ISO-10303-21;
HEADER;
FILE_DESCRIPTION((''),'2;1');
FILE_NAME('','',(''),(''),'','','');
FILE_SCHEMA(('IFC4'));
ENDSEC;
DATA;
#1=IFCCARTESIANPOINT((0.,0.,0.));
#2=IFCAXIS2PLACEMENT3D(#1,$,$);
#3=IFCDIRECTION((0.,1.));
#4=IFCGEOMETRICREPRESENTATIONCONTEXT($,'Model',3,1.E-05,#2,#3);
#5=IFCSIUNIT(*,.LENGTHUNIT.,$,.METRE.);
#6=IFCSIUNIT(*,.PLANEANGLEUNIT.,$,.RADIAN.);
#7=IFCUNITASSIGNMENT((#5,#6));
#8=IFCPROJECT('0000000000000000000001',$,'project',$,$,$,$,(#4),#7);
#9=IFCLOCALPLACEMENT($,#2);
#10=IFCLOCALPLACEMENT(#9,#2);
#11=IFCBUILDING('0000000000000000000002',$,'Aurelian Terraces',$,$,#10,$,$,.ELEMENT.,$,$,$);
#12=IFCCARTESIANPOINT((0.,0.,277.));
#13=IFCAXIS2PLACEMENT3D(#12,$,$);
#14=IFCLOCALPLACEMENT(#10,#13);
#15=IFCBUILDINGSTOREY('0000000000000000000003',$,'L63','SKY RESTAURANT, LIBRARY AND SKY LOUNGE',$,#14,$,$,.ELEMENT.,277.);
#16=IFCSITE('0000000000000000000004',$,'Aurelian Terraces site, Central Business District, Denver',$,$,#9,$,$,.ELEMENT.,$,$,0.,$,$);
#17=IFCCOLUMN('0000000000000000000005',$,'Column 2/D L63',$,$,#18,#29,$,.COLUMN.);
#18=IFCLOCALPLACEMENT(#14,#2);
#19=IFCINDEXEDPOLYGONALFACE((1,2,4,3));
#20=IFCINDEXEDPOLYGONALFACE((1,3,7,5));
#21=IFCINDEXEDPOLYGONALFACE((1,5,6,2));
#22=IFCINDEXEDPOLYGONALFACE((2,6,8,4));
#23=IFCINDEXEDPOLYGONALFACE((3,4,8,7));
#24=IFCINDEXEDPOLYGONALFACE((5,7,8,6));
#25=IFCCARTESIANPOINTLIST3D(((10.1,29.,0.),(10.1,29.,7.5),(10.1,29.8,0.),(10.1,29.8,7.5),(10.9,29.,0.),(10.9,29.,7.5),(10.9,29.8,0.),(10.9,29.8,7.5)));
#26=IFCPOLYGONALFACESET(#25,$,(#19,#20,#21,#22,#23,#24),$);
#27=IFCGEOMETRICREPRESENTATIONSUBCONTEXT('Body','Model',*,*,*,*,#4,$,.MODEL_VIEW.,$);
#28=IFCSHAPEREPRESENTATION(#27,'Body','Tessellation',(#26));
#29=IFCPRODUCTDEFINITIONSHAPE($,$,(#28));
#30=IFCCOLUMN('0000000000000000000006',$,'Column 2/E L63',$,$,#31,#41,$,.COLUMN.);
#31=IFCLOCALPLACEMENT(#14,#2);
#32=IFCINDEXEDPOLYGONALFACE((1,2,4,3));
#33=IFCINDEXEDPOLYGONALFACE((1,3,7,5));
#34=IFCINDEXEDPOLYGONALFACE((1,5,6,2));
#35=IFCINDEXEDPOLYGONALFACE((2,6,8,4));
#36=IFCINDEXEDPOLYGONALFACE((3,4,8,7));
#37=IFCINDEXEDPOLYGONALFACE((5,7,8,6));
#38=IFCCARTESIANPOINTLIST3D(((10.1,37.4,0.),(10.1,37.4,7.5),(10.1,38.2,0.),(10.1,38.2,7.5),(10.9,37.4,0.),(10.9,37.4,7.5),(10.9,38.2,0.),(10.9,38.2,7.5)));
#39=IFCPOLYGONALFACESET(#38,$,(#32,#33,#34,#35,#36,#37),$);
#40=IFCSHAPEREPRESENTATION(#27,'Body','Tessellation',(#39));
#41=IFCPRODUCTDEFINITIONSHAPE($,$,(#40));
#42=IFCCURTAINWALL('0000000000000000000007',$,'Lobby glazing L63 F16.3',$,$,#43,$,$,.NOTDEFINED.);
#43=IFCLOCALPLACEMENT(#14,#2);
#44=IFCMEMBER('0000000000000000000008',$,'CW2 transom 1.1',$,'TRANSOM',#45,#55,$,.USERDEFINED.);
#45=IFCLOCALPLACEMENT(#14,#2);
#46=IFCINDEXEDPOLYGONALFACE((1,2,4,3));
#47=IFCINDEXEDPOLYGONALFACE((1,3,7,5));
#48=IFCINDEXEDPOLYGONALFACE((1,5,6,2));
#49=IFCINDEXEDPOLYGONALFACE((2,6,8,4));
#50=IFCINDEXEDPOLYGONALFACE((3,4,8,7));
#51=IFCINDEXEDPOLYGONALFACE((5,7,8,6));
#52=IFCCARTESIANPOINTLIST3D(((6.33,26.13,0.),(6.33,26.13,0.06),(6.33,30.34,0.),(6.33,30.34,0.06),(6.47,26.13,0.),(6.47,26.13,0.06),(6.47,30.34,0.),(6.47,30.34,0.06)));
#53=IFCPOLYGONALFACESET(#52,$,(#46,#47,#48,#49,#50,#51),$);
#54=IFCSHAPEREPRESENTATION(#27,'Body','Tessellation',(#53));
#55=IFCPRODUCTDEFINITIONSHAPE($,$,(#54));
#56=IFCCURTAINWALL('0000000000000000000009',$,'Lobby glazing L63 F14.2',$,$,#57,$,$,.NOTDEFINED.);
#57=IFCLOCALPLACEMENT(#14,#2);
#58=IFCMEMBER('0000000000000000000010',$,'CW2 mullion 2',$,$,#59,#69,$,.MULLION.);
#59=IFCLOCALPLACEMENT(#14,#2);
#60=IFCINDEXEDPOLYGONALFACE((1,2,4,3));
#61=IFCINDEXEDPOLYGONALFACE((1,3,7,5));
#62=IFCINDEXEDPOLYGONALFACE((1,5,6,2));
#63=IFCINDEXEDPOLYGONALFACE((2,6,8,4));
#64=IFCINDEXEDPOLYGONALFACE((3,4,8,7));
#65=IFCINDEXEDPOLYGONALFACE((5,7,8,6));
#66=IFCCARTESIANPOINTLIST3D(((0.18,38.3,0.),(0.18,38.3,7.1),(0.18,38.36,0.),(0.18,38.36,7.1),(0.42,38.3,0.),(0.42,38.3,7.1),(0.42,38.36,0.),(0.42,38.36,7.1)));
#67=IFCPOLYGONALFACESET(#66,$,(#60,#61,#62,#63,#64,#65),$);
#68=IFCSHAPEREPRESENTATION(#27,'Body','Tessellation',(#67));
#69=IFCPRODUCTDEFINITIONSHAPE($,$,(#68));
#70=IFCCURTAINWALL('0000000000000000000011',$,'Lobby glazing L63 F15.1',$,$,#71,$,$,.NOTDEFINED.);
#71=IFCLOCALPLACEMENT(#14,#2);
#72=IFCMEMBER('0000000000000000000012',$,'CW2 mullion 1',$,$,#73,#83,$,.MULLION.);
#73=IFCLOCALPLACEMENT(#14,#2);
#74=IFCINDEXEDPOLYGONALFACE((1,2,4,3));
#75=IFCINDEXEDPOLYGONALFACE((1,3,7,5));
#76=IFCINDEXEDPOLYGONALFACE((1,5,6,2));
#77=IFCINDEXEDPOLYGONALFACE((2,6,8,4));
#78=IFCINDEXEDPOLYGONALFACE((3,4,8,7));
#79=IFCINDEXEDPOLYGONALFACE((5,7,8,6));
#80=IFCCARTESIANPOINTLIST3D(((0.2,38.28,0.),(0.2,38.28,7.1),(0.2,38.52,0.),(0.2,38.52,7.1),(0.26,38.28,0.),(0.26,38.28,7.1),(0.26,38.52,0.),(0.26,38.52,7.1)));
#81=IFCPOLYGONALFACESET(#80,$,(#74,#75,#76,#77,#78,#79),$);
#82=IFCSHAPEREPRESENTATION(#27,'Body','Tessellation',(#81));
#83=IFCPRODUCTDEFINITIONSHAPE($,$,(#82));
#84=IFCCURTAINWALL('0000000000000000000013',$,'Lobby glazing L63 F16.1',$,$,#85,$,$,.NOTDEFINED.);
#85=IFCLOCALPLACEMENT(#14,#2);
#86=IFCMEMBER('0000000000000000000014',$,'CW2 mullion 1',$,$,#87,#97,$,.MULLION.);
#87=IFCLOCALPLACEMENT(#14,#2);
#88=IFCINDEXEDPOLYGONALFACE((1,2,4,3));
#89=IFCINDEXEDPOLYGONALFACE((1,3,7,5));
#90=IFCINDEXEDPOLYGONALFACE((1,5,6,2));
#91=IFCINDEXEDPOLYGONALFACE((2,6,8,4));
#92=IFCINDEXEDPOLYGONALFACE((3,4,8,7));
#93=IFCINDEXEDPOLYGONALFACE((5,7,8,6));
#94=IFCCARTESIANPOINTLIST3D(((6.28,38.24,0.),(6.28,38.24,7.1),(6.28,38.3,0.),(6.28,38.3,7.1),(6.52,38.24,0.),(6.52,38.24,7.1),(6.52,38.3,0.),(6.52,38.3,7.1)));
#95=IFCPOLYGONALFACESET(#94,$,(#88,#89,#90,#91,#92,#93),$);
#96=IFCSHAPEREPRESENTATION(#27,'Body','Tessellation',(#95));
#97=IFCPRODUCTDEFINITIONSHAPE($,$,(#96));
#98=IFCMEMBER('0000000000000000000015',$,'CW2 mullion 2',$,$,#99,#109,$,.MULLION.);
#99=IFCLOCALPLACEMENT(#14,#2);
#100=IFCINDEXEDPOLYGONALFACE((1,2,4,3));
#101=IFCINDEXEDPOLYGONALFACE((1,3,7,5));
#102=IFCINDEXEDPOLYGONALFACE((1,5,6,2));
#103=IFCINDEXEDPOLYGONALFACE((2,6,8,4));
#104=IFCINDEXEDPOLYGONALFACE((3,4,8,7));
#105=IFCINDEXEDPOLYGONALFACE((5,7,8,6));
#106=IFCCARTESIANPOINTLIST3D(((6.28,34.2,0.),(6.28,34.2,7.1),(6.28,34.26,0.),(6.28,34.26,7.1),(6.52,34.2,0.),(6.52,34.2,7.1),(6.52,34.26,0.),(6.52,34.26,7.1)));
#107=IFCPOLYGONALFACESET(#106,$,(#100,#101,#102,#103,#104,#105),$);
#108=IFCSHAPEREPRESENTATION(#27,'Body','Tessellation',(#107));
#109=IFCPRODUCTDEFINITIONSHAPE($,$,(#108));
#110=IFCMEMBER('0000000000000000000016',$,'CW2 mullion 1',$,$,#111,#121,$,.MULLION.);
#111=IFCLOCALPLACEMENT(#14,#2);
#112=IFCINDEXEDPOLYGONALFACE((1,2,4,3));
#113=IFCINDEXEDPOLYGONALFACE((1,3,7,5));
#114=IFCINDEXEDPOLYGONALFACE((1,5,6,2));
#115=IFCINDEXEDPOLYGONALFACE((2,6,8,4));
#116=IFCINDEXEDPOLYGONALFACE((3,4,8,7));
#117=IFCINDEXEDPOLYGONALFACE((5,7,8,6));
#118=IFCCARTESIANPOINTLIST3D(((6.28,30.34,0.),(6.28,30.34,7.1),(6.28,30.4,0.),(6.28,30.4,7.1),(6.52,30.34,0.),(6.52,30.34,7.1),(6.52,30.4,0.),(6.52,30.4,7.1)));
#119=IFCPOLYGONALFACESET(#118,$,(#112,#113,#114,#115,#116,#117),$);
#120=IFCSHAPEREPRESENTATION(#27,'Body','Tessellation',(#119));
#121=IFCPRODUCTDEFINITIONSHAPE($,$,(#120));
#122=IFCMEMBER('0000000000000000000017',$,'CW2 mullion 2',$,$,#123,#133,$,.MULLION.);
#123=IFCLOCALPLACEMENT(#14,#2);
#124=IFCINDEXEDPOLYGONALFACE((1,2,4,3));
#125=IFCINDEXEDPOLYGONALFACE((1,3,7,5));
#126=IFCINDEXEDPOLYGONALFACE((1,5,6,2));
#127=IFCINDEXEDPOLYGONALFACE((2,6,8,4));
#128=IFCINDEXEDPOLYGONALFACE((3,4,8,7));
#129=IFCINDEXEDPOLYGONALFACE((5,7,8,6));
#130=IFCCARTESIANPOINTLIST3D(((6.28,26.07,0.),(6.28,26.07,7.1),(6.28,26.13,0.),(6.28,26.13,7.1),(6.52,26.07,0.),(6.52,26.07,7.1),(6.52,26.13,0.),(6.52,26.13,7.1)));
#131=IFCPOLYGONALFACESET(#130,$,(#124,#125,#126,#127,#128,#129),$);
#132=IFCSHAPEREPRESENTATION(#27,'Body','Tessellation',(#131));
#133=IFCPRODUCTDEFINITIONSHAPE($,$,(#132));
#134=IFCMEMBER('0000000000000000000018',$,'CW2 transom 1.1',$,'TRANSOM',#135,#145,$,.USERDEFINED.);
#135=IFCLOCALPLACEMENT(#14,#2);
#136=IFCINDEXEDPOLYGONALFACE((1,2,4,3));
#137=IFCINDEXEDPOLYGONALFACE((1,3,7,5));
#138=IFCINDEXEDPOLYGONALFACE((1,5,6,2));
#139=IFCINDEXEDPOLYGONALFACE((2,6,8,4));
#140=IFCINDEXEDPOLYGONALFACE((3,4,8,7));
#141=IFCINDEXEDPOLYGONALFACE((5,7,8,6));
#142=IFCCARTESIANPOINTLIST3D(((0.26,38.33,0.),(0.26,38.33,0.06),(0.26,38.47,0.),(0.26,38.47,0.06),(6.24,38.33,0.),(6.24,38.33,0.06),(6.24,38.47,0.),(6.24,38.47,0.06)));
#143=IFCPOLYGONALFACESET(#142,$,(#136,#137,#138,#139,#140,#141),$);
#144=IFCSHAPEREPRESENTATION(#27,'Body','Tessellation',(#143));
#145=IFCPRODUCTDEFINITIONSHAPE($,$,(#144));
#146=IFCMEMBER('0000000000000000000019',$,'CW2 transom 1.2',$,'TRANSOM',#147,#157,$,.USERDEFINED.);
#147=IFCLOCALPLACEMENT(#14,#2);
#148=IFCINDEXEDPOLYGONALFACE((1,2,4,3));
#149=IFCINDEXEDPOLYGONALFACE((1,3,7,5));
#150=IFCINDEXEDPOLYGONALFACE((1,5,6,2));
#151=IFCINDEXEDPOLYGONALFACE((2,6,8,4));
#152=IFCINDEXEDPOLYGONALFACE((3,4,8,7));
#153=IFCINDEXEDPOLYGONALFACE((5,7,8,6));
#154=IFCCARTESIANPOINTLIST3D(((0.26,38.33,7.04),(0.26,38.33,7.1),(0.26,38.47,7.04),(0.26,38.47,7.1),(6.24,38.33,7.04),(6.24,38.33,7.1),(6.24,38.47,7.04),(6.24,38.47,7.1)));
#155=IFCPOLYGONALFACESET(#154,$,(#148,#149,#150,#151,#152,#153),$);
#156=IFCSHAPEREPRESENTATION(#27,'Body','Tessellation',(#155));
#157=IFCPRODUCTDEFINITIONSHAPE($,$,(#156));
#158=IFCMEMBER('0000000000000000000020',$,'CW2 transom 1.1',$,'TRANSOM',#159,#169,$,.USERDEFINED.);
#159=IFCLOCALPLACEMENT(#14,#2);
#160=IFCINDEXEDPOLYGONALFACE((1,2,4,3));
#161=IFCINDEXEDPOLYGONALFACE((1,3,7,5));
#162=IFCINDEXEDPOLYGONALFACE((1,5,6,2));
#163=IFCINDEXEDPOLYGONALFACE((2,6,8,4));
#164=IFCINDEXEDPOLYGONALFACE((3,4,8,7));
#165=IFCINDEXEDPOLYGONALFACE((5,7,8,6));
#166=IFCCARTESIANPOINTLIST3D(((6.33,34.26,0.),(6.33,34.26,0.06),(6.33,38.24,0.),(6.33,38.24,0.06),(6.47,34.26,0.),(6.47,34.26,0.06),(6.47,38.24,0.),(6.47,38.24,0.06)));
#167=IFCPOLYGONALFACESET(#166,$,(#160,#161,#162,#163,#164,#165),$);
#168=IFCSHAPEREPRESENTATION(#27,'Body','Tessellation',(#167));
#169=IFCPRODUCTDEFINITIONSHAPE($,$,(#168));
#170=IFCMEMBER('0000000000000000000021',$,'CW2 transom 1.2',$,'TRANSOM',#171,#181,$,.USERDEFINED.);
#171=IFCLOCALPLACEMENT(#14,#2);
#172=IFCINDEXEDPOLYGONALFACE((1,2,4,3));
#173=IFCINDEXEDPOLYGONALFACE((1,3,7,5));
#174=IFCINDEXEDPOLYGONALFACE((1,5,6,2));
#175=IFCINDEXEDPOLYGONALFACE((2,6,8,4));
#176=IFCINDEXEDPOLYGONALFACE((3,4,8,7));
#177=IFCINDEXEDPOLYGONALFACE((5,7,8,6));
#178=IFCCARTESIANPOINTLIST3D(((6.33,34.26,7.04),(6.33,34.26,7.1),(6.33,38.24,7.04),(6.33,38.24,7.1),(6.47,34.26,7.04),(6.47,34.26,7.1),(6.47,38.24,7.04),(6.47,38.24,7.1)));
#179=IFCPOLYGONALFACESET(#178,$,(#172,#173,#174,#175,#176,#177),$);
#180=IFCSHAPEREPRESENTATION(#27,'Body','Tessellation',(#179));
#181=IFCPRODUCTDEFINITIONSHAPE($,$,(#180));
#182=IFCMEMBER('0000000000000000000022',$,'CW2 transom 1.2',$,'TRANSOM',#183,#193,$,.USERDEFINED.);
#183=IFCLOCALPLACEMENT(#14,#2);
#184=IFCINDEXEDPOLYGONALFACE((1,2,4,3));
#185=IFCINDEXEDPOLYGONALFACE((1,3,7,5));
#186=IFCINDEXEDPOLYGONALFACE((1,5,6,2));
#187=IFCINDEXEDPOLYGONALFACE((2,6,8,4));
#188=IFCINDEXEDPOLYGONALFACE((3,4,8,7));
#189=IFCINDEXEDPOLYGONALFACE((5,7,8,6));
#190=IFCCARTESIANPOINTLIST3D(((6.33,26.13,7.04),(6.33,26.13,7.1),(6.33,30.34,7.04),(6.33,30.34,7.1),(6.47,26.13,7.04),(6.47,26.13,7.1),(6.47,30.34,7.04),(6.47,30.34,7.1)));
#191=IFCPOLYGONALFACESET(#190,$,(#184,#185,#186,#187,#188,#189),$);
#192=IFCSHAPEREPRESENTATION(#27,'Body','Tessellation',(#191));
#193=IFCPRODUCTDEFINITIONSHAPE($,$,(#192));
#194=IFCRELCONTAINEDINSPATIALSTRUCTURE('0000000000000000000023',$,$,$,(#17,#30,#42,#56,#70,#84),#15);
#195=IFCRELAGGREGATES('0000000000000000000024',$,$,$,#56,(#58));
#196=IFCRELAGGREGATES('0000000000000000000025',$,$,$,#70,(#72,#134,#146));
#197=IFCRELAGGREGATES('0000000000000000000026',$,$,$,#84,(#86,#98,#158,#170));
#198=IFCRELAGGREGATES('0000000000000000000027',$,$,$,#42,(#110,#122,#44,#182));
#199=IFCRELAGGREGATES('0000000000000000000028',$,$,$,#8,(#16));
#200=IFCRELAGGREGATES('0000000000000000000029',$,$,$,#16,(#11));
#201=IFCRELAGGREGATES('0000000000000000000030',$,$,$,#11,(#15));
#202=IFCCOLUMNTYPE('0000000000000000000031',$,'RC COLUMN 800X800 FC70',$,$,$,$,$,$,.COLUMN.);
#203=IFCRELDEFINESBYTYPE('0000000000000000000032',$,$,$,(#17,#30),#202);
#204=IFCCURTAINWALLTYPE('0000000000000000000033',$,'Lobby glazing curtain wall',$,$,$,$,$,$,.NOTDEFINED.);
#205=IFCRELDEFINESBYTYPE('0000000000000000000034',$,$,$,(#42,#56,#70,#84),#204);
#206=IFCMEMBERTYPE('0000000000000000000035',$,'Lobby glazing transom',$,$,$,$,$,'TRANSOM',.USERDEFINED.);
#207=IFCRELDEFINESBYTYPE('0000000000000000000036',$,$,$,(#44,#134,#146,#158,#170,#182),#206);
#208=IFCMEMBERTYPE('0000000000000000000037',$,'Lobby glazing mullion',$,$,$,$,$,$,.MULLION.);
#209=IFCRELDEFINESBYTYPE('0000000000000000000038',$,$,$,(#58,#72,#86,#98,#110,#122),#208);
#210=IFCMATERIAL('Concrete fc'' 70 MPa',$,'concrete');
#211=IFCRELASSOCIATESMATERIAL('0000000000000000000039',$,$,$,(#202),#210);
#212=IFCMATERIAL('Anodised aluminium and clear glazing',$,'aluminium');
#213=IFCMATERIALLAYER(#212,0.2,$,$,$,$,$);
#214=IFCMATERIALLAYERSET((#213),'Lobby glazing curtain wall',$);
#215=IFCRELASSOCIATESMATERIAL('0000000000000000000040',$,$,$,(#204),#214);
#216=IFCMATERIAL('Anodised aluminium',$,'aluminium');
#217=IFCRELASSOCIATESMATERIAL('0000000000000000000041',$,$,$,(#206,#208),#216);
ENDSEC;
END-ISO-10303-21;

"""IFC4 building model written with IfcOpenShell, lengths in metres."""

from ifc_helpers import new_model, si_unit, direction, frame, origin, origin_2d, place, context, subcontext, project, spatial, rectangle, extrude, source, transform, mapped, material, layer, layer_set, material_profile, profile_set, type_object, element, aggregate, save


model = new_model("IFC4")

# Units and contexts
model_context = context("Model", 3, precision=1e-05, world=origin(), true_north=direction((0.0, 1.0)))
body_context = subcontext(model_context, "Body", "Model", "MODEL_VIEW")
ifc_project = project(units=[si_unit("LENGTHUNIT", "METRE"), si_unit("PLANEANGLEUNIT", "RADIAN")], contexts=[model_context])

# Site, building, storey
site_placement = place(None, origin())
site = spatial("IfcSite", under=ifc_project, at=site_placement, Name="Aurelian Terraces site, Central Business District, Denver", CompositionType="ELEMENT", RefElevation=0.0)
building_placement = place(site_placement, origin())
building = spatial("IfcBuilding", under=site, at=building_placement, Name="Aurelian Terraces", CompositionType="ELEMENT")
storey_placement = place(building_placement, frame((0.0, 0.0, 277.0)))
storey = spatial("IfcBuildingStorey", under=building, at=storey_placement, Name="L63", Description="SKY RESTAURANT, LIBRARY AND SKY LOUNGE", CompositionType="ELEMENT", Elevation=277.0)

# Columns
ifc_material_1 = material(Name="Concrete fc' 70 MPa", Category="concrete")
ifc_material_profile_1 = material_profile(ifc_material_1, rectangle(XDim=0.8, YDim=0.8, at=origin_2d()))
ifc_profile_set_1 = profile_set([ifc_material_profile_1], Name="Concrete fc' 70 MPa")
column_type = type_object("IfcColumnType", Name="RC COLUMN 800X800 FC70", PredefinedType="COLUMN", material=ifc_profile_set_1)
shared_shape_1 = source(origin(), body_context, "Body", "SweptSolid", [
    extrude(rectangle(XDim=0.8, YDim=0.8, at=origin_2d()), origin(), (0.0, 0.0, 1.0), 7.5),
])
for number, where, z_axis, x_axis, name in (
    (1, (10.5, 29.4, 0.0), (0.0, 0.0, 1.0), (1.0, 0.0, 0.0), "Column 2/D L63"),
    (2, (10.5, 37.8, 0.0), (0.0, 0.0, 1.0), (1.0, 0.0, 0.0), "Column 2/E L63"),
):
    element("IfcColumn", number, at=place(storey_placement, frame(where, z_axis=z_axis, x_axis=x_axis)), inside=storey, type_object=column_type, Name=name, PredefinedType="COLUMN", context=body_context, shape_type="MappedRepresentation", body=[
        mapped(shared_shape_1, transform((0.0, 0.0, 0.0), scale=1.0)),
    ])

# Curtain walls, members
ifc_material_2 = material(Name="Anodised aluminium and clear glazing", Category="aluminium")
ifc_layer_1 = layer(ifc_material_2, 0.2)
ifc_layer_set_1 = layer_set([ifc_layer_1], Name="Lobby glazing curtain wall")
curtain_wall_type = type_object("IfcCurtainWallType", Name="Lobby glazing curtain wall", PredefinedType="NOTDEFINED", material=ifc_layer_set_1)
curtain_wall_1_placement = place(storey_placement, origin())
curtain_wall_1 = element("IfcCurtainWall", 3, at=curtain_wall_1_placement, inside=storey, type_object=curtain_wall_type, Name="Lobby glazing L63 F16.3", PredefinedType="NOTDEFINED")
ifc_material_3 = material(Name="Anodised aluminium", Category="aluminium")
ifc_material_profile_2 = material_profile(ifc_material_3, rectangle(XDim=0.14, YDim=0.06, at=origin_2d()))
ifc_profile_set_2 = profile_set([ifc_material_profile_2], Name="Anodised aluminium")
member_type_1 = type_object("IfcMemberType", Name="Lobby glazing transom", ElementType="TRANSOM", PredefinedType="USERDEFINED", material=ifc_profile_set_2)
member_1_placement = place(storey_placement, frame((6.4, 30.34, 0.03), z_axis=(0.0, -1.0, 0.0), x_axis=(1.0, 0.0, 0.0)))
member_1 = element("IfcMember", 4, at=member_1_placement, type_object=member_type_1, Name="CW2 transom 1.1", ObjectType="TRANSOM", PredefinedType="USERDEFINED", context=body_context, shape_type="SweptSolid", body=[
    extrude(rectangle(XDim=0.14, YDim=0.06, at=origin_2d()), origin(), (0.0, 0.0, 1.0), 4.21),
])
curtain_wall_2_placement = place(storey_placement, origin())
curtain_wall_2 = element("IfcCurtainWall", 5, at=curtain_wall_2_placement, inside=storey, type_object=curtain_wall_type, Name="Lobby glazing L63 F14.2", PredefinedType="NOTDEFINED")
ifc_material_profile_3 = material_profile(ifc_material_3, rectangle(XDim=0.24, YDim=0.06, at=origin_2d()))
ifc_profile_set_3 = profile_set([ifc_material_profile_3], Name="Anodised aluminium")
member_type_2 = type_object("IfcMemberType", Name="Lobby glazing mullion", PredefinedType="MULLION", material=ifc_profile_set_3)
shared_shape_2 = source(origin(), body_context, "Body", "SweptSolid", [
    extrude(rectangle(XDim=0.24, YDim=0.06, at=origin_2d()), origin(), (0.0, 0.0, 1.0), 7.1),
])
member_2_placement = place(storey_placement, frame((0.3, 38.33, 0.0), z_axis=(0.0, 0.0, 1.0), x_axis=(1.0, 0.0, 0.0)))
member_2 = element("IfcMember", 6, at=member_2_placement, type_object=member_type_2, Name="CW2 mullion 2", PredefinedType="MULLION", context=body_context, shape_type="MappedRepresentation", body=[
    mapped(shared_shape_2, transform((0.0, 0.0, 0.0), scale=1.0)),
])
aggregate(curtain_wall_2, [member_2])
curtain_wall_3_placement = place(storey_placement, origin())
curtain_wall_3 = element("IfcCurtainWall", 7, at=curtain_wall_3_placement, inside=storey, type_object=curtain_wall_type, Name="Lobby glazing L63 F15.1", PredefinedType="NOTDEFINED")
member_3_placement = place(storey_placement, frame((0.23, 38.4, 0.0), z_axis=(0.0, 0.0, 1.0), x_axis=(0.0, 1.0, 0.0)))
member_3 = element("IfcMember", 8, at=member_3_placement, type_object=member_type_2, Name="CW2 mullion 1", PredefinedType="MULLION", context=body_context, shape_type="MappedRepresentation", body=[
    mapped(shared_shape_2, transform((0.0, 0.0, 0.0), scale=1.0)),
])

# Curtain wall, members
curtain_wall_4_placement = place(storey_placement, origin())
curtain_wall_4 = element("IfcCurtainWall", 9, at=curtain_wall_4_placement, inside=storey, type_object=curtain_wall_type, Name="Lobby glazing L63 F16.1", PredefinedType="NOTDEFINED")
member_4_placement = place(storey_placement, frame((6.4, 38.27, 0.0), z_axis=(0.0, 0.0, 1.0), x_axis=(1.0, 0.0, 0.0)))
member_4 = element("IfcMember", 10, at=member_4_placement, type_object=member_type_2, Name="CW2 mullion 1", PredefinedType="MULLION", context=body_context, shape_type="MappedRepresentation", body=[
    mapped(shared_shape_2, transform((0.0, 0.0, 0.0), scale=1.0)),
])
member_5_placement = place(storey_placement, frame((6.4, 34.23, 0.0), z_axis=(0.0, 0.0, 1.0), x_axis=(1.0, 0.0, 0.0)))
member_5 = element("IfcMember", 11, at=member_5_placement, type_object=member_type_2, Name="CW2 mullion 2", PredefinedType="MULLION", context=body_context, shape_type="MappedRepresentation", body=[
    mapped(shared_shape_2, transform((0.0, 0.0, 0.0), scale=1.0)),
])

# Members
member_6_placement = place(storey_placement, frame((6.4, 30.37, 0.0), z_axis=(0.0, 0.0, 1.0), x_axis=(1.0, 0.0, 0.0)))
member_6 = element("IfcMember", 12, at=member_6_placement, type_object=member_type_2, Name="CW2 mullion 1", PredefinedType="MULLION", context=body_context, shape_type="MappedRepresentation", body=[
    mapped(shared_shape_2, transform((0.0, 0.0, 0.0), scale=1.0)),
])
member_7_placement = place(storey_placement, frame((6.4, 26.1, 0.0), z_axis=(0.0, 0.0, 1.0), x_axis=(1.0, 0.0, 0.0)))
member_7 = element("IfcMember", 13, at=member_7_placement, type_object=member_type_2, Name="CW2 mullion 2", PredefinedType="MULLION", context=body_context, shape_type="MappedRepresentation", body=[
    mapped(shared_shape_2, transform((0.0, 0.0, 0.0), scale=1.0)),
])
shared_shape_3 = source(origin(), body_context, "Body", "SweptSolid", [
    extrude(rectangle(XDim=0.14, YDim=0.06, at=origin_2d()), origin(), (0.0, 0.0, 1.0), 5.98),
])
member_8_placement = place(storey_placement, frame((0.26, 38.4, 0.03), z_axis=(1.0, 0.0, 0.0), x_axis=(0.0, 1.0, 0.0)))
member_8 = element("IfcMember", 14, at=member_8_placement, type_object=member_type_1, Name="CW2 transom 1.1", ObjectType="TRANSOM", PredefinedType="USERDEFINED", context=body_context, shape_type="MappedRepresentation", body=[
    mapped(shared_shape_3, transform((0.0, 0.0, 0.0), scale=1.0)),
])
member_9_placement = place(storey_placement, frame((0.26, 38.4, 7.07), z_axis=(1.0, 0.0, 0.0), x_axis=(0.0, 1.0, 0.0)))
member_9 = element("IfcMember", 15, at=member_9_placement, type_object=member_type_1, Name="CW2 transom 1.2", ObjectType="TRANSOM", PredefinedType="USERDEFINED", context=body_context, shape_type="MappedRepresentation", body=[
    mapped(shared_shape_3, transform((0.0, 0.0, 0.0), scale=1.0)),
])
aggregate(curtain_wall_3, [member_3, member_8, member_9])
shared_shape_4 = source(origin(), body_context, "Body", "SweptSolid", [
    extrude(rectangle(XDim=0.14, YDim=0.06, at=origin_2d()), origin(), (0.0, 0.0, 1.0), 3.98),
])
member_10_placement = place(storey_placement, frame((6.4, 38.24, 0.03), z_axis=(0.0, -1.0, 0.0), x_axis=(1.0, 0.0, 0.0)))
member_10 = element("IfcMember", 16, at=member_10_placement, type_object=member_type_1, Name="CW2 transom 1.1", ObjectType="TRANSOM", PredefinedType="USERDEFINED", context=body_context, shape_type="MappedRepresentation", body=[
    mapped(shared_shape_4, transform((0.0, 0.0, 0.0), scale=1.0)),
])
member_11_placement = place(storey_placement, frame((6.4, 38.24, 7.07), z_axis=(0.0, -1.0, 0.0), x_axis=(1.0, 0.0, 0.0)))
member_11 = element("IfcMember", 17, at=member_11_placement, type_object=member_type_1, Name="CW2 transom 1.2", ObjectType="TRANSOM", PredefinedType="USERDEFINED", context=body_context, shape_type="MappedRepresentation", body=[
    mapped(shared_shape_4, transform((0.0, 0.0, 0.0), scale=1.0)),
])
shared_shape_5 = source(origin(), body_context, "Body", "SweptSolid", [
    extrude(rectangle(XDim=0.14, YDim=0.06, at=origin_2d()), origin(), (0.0, 0.0, 1.0), 4.21),
])
member_12_placement = place(storey_placement, frame((6.4, 30.34, 7.07), z_axis=(0.0, -1.0, 0.0), x_axis=(1.0, 0.0, 0.0)))
member_12 = element("IfcMember", 18, at=member_12_placement, type_object=member_type_1, Name="CW2 transom 1.2", ObjectType="TRANSOM", PredefinedType="USERDEFINED", context=body_context, shape_type="MappedRepresentation", body=[
    mapped(shared_shape_5, transform((0.0, 0.0, 0.0), scale=1.0)),
])

aggregate(curtain_wall_4, [member_4, member_5, member_10, member_11])
aggregate(curtain_wall_1, [member_6, member_7, member_1, member_12])

save(model, "model.ifc")
